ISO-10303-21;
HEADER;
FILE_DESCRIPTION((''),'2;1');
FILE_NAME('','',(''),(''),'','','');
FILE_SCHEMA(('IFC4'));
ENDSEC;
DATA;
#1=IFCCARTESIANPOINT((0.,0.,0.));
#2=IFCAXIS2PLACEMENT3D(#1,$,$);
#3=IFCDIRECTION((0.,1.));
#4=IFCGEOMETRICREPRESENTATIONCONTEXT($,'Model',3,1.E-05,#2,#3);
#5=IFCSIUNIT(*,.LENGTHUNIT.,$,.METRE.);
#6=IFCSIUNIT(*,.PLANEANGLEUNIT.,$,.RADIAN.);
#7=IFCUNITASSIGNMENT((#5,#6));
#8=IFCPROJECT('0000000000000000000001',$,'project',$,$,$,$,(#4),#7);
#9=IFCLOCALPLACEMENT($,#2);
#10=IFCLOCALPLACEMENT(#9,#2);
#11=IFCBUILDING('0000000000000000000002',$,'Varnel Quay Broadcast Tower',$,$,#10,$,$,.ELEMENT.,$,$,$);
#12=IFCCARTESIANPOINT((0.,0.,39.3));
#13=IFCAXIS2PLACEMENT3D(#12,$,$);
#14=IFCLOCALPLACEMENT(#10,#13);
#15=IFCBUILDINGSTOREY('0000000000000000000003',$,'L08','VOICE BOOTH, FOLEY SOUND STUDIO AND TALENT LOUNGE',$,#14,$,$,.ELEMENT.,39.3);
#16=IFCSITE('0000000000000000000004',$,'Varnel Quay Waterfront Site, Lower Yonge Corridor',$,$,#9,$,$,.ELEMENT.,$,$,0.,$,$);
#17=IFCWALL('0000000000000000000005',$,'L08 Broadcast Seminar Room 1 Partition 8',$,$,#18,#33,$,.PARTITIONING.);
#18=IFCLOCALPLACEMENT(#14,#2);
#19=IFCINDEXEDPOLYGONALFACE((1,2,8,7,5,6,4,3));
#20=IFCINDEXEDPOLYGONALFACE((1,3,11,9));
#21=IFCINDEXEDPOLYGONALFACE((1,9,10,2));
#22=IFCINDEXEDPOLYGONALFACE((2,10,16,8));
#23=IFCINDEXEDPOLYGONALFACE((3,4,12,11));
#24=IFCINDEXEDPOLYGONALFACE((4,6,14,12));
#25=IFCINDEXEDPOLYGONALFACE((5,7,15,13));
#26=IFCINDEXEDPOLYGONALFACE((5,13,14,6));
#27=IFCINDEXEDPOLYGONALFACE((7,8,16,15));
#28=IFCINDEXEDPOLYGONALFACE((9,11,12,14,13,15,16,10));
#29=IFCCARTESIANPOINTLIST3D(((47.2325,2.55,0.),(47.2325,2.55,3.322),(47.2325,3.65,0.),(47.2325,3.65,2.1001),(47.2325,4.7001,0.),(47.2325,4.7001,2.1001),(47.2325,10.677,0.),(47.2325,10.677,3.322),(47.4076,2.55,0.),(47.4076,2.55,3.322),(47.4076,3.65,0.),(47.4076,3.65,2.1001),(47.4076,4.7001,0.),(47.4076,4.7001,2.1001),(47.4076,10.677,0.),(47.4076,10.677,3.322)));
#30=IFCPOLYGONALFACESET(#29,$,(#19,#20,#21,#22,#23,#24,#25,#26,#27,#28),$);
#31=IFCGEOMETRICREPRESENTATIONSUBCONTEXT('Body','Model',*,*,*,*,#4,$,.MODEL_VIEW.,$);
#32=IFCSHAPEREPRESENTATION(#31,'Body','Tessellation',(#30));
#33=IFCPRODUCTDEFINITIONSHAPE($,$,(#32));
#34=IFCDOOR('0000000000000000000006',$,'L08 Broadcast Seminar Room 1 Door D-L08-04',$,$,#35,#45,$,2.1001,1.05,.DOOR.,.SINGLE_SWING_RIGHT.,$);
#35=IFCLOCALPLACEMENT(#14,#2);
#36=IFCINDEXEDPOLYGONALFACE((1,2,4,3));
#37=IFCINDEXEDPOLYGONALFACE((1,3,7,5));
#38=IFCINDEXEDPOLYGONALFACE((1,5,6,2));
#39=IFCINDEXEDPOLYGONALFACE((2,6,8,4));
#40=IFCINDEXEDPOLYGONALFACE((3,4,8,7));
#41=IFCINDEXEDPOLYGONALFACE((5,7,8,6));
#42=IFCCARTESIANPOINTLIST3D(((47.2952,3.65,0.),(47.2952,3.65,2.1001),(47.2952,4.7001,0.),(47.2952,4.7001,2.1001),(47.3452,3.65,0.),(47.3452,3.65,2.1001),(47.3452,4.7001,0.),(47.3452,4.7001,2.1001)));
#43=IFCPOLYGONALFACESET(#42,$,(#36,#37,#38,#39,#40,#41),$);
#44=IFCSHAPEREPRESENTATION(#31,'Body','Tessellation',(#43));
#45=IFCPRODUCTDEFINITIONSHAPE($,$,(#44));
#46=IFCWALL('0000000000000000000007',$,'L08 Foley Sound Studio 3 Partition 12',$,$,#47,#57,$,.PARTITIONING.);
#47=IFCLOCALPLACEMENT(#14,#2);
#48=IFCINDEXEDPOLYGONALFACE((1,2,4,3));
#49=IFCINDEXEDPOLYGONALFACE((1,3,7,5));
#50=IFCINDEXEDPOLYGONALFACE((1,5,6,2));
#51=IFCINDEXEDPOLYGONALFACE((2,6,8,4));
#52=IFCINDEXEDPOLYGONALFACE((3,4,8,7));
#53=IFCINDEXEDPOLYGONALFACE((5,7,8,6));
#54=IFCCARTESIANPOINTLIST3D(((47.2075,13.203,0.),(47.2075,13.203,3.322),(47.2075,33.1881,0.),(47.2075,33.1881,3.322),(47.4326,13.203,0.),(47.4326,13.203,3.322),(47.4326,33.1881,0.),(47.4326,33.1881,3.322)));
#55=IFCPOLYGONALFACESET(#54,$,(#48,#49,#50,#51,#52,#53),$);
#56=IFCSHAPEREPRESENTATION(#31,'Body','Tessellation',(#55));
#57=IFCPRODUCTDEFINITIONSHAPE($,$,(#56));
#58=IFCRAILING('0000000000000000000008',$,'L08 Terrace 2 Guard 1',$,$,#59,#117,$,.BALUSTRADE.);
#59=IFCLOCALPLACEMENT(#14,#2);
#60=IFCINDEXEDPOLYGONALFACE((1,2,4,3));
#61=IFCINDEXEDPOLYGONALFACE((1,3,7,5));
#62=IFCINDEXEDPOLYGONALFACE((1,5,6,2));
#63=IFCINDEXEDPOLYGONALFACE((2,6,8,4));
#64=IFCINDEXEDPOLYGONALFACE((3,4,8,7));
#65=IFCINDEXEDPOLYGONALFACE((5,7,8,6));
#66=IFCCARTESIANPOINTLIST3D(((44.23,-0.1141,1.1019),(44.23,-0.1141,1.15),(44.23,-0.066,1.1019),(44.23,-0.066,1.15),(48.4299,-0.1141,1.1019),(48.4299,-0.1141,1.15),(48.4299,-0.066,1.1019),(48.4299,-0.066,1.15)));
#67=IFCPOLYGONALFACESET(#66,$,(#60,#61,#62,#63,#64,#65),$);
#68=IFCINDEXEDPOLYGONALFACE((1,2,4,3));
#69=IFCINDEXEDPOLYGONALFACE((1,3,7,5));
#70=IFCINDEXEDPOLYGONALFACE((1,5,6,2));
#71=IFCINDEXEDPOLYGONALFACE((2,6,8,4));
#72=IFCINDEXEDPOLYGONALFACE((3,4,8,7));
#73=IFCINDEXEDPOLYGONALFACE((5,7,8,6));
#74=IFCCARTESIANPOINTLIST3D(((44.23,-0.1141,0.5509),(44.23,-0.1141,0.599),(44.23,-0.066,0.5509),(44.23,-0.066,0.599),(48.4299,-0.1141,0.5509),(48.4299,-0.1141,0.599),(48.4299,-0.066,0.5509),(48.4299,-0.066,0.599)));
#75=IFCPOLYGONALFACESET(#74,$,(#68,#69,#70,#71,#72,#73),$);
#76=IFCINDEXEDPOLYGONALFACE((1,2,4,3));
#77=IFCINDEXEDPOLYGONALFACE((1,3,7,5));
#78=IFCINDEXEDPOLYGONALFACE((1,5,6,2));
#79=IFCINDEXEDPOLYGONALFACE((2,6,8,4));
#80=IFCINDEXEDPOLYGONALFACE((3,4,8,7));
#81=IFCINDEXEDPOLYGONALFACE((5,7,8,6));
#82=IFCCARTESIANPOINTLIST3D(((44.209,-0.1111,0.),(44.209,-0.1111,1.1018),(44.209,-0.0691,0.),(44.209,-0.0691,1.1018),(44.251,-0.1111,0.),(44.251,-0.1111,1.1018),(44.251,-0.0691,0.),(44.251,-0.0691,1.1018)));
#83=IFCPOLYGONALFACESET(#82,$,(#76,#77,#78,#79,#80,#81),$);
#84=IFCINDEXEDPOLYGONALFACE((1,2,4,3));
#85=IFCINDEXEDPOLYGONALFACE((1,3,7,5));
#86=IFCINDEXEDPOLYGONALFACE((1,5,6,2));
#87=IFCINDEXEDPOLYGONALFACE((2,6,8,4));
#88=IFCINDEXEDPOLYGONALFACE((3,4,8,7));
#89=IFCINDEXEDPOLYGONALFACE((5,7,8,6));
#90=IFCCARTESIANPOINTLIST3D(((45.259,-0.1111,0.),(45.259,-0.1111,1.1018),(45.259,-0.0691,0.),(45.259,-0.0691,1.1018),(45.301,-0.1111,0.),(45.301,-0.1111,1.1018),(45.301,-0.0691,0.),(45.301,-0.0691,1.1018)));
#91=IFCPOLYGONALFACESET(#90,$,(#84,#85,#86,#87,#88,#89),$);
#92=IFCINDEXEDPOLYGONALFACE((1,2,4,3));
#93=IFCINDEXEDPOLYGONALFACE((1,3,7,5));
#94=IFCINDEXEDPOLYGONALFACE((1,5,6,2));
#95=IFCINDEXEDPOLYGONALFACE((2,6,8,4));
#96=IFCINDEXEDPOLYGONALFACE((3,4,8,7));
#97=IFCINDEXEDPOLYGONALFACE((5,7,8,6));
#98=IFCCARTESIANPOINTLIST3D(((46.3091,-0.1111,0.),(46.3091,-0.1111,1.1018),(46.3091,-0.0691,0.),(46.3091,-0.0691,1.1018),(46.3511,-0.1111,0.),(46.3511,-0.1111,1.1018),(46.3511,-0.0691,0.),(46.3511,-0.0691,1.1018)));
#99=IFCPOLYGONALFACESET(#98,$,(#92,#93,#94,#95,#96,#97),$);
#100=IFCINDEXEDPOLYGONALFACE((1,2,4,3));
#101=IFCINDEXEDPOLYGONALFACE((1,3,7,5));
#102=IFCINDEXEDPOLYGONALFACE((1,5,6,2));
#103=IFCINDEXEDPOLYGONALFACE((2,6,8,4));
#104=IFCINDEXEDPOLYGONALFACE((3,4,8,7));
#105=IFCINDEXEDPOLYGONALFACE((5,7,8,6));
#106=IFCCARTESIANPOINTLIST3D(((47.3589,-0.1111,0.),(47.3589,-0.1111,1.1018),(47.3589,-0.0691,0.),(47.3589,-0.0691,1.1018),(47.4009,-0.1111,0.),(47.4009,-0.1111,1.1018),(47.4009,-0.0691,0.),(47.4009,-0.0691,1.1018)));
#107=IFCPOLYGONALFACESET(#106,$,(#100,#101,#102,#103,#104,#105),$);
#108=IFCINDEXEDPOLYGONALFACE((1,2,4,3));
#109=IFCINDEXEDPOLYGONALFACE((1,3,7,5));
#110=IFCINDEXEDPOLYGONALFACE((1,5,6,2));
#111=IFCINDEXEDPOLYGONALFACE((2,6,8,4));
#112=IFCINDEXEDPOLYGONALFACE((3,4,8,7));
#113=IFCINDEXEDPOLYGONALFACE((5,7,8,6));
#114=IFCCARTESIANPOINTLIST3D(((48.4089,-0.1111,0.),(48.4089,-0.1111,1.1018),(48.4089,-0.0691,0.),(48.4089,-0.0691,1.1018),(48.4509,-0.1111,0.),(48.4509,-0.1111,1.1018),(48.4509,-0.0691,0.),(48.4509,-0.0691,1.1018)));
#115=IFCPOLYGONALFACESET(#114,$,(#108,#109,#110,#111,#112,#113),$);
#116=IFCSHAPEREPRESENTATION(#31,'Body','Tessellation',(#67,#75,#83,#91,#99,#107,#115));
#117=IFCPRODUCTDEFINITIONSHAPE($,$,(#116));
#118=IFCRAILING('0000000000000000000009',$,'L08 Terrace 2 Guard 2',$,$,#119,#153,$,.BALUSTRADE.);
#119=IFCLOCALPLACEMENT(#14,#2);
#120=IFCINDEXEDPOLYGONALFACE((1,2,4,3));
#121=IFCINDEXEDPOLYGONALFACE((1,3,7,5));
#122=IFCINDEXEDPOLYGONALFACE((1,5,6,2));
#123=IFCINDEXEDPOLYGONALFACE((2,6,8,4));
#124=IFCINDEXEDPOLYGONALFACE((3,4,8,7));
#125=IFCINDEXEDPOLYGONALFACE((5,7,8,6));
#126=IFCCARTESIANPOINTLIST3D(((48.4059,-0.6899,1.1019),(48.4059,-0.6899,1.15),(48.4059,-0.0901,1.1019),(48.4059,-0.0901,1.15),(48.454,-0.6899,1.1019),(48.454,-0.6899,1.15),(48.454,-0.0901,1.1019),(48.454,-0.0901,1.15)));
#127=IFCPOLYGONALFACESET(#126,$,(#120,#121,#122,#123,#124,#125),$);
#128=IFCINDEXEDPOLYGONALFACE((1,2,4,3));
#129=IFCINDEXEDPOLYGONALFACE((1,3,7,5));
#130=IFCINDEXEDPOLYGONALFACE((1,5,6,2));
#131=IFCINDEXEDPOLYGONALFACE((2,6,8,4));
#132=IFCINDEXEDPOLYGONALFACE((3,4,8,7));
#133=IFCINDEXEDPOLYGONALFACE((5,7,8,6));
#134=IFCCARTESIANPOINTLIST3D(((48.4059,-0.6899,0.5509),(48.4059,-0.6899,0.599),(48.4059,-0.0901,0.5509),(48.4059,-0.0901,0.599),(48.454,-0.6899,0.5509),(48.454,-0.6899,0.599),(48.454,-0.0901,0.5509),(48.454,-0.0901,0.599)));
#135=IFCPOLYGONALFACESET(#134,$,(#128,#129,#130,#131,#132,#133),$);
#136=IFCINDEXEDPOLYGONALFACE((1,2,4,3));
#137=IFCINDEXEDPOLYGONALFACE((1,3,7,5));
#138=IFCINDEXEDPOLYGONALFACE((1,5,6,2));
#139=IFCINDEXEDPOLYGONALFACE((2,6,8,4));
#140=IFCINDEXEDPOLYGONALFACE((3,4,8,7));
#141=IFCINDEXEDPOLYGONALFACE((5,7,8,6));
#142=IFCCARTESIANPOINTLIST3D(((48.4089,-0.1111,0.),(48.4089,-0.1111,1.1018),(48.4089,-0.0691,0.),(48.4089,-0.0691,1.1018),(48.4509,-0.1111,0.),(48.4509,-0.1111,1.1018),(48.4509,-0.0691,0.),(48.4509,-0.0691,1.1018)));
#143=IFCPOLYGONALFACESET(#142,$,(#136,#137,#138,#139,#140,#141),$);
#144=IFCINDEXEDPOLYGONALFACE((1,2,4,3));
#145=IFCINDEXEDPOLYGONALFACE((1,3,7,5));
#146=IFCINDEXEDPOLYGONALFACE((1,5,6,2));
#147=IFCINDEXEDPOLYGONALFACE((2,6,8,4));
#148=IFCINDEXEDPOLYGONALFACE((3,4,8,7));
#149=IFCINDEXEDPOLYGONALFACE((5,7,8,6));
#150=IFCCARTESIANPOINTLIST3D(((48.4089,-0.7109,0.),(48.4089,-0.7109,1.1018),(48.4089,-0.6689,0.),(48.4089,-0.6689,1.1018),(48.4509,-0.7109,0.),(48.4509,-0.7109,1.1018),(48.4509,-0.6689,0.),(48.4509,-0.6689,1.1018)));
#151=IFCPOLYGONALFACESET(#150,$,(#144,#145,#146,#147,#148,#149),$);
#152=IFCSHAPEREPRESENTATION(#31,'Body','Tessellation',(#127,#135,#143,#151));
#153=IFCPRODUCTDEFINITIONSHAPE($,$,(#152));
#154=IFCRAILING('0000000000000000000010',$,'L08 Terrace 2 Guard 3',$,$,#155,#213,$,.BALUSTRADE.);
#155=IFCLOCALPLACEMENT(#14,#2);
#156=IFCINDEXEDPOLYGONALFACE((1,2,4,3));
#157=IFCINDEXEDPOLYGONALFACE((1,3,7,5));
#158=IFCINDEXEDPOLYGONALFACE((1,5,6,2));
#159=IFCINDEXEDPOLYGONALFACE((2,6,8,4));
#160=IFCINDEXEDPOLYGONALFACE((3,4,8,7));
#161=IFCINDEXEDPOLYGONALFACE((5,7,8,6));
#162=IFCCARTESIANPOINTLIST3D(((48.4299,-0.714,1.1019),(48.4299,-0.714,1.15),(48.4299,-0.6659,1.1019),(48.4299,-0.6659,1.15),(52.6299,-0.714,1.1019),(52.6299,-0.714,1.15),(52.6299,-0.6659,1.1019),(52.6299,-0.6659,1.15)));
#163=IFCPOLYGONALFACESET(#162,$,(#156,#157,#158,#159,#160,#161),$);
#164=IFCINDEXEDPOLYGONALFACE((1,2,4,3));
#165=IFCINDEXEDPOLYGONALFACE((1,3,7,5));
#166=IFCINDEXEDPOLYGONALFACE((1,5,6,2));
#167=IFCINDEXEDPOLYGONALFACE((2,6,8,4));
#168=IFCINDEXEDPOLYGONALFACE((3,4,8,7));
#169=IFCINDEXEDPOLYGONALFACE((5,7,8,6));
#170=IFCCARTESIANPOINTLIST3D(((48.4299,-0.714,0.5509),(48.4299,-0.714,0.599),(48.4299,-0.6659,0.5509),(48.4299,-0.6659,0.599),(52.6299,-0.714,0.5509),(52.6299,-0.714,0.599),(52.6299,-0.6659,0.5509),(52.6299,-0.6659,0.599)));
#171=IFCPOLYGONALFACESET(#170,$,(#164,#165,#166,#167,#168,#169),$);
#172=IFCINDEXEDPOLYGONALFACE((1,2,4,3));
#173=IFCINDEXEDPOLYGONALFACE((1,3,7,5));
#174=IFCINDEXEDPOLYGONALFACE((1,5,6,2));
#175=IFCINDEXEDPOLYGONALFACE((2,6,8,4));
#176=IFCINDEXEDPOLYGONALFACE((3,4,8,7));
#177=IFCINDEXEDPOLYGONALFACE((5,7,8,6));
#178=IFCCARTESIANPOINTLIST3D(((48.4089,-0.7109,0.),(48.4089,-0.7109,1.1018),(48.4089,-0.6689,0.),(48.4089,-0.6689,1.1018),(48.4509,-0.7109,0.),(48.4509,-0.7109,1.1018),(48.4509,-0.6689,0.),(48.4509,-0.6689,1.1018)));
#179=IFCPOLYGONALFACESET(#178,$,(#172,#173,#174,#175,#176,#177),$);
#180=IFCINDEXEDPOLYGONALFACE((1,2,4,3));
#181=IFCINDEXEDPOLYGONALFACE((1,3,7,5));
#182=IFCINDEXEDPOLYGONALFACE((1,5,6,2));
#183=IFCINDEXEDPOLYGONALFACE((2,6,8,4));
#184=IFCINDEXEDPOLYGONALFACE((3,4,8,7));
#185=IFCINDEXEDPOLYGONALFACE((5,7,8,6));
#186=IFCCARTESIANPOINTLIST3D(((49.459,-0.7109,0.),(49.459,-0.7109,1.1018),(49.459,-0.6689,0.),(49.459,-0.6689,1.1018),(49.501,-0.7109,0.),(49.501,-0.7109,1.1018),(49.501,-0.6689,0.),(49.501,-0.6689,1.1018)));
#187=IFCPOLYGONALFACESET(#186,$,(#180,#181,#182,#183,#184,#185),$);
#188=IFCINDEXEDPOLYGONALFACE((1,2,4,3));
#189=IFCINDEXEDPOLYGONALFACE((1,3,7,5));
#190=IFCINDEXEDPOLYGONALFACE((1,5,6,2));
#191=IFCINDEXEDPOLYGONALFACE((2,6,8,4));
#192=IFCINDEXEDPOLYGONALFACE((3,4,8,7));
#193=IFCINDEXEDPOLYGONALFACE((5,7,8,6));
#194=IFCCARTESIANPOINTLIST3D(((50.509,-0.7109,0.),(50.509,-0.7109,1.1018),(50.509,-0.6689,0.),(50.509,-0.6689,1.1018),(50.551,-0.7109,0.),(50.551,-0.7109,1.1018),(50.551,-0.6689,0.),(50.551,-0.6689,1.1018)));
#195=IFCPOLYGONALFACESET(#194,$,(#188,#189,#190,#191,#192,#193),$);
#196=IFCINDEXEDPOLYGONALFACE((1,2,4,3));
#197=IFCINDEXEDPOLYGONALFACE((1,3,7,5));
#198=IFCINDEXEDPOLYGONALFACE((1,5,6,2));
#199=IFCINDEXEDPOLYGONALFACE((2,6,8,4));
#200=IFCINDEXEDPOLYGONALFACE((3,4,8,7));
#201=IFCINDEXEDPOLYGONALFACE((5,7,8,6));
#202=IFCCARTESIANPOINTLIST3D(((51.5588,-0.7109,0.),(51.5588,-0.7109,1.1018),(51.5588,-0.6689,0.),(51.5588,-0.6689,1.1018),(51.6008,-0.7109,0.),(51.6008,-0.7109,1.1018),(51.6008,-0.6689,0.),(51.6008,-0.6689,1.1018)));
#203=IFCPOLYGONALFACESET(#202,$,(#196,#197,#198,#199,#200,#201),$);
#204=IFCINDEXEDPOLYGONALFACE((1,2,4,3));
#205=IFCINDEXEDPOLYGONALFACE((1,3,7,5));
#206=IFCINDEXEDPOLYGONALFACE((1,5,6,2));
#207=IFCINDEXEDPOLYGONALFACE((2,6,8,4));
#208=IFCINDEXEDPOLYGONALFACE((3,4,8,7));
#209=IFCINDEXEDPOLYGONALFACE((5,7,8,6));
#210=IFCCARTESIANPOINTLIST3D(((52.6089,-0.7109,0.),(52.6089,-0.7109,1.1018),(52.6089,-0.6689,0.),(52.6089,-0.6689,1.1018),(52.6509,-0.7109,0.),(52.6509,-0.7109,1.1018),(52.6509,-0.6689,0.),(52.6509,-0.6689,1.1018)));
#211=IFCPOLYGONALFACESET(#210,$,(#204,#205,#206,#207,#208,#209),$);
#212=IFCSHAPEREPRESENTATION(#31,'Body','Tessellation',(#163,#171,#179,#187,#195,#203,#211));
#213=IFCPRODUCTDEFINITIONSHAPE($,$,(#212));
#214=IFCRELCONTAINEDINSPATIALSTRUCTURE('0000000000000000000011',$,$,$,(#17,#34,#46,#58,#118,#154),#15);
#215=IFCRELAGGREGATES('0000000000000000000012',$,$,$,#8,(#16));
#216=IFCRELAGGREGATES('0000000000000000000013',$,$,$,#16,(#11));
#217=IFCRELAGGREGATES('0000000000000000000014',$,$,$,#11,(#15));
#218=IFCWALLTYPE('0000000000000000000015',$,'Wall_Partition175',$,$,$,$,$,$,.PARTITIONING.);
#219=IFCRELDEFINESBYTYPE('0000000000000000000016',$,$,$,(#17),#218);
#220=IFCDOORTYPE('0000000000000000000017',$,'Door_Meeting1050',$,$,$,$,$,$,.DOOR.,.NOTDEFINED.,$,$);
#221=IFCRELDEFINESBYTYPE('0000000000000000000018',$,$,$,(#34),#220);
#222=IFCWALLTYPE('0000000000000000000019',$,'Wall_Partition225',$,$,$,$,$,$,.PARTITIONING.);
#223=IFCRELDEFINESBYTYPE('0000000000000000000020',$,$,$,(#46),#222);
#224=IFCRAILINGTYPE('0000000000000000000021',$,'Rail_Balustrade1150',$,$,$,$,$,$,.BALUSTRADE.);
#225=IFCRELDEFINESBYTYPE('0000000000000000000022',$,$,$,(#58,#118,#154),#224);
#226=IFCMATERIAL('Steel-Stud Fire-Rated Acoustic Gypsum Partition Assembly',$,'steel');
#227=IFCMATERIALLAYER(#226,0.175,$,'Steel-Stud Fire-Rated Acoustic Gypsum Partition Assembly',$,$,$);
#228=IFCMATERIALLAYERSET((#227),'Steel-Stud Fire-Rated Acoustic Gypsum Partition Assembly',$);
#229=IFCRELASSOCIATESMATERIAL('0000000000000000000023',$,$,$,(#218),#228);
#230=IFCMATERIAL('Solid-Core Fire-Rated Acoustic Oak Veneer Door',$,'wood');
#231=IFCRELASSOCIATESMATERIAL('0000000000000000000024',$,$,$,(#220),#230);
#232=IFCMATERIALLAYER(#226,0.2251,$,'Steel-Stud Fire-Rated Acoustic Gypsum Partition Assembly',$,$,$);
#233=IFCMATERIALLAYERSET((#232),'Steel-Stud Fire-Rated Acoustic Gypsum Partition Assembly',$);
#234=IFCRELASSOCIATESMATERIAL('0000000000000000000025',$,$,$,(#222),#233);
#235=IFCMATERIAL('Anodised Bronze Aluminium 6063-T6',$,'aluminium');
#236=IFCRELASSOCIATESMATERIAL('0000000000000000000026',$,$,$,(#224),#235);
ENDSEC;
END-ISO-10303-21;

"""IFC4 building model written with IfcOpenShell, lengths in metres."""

from ifc_helpers import new_model, si_unit, direction, frame, frame_2d, origin, origin_2d, place, context, subcontext, project, spatial, rectangle, extrude, source, transform, mapped, material, layer, layer_set, type_object, type_shapes, element, fill, save


model = new_model("IFC4")

# Units and contexts
model_context = context("Model", 3, precision=1e-05, world=origin(), true_north=direction((0.0, 1.0)))
body_context = subcontext(model_context, "Body", "Model", "MODEL_VIEW")
ifc_project = project(units=[si_unit("LENGTHUNIT", "METRE"), si_unit("PLANEANGLEUNIT", "RADIAN")], contexts=[model_context])

# Site, building, storey
site_placement = place(None, origin())
site = spatial("IfcSite", under=ifc_project, at=site_placement, Name="Varnel Quay Waterfront Site, Lower Yonge Corridor", CompositionType="ELEMENT", RefElevation=0.0)
building_placement = place(site_placement, origin())
building = spatial("IfcBuilding", under=site, at=building_placement, Name="Varnel Quay Broadcast Tower", CompositionType="ELEMENT")
storey_placement = place(building_placement, frame((0.0, 0.0, 39.3)))
storey = spatial("IfcBuildingStorey", under=building, at=storey_placement, Name="L08", Description="VOICE BOOTH, FOLEY SOUND STUDIO AND TALENT LOUNGE", CompositionType="ELEMENT", Elevation=39.3)

# Shared definitions
ifc_material_1 = material(Name="Anodised Bronze Aluminium 6063-T6", Category="aluminium")

# Wall, opening, door
ifc_material_2 = material(Name="Steel-Stud Fire-Rated Acoustic Gypsum Partition Assembly", Category="steel")
ifc_layer_1 = layer(ifc_material_2, 0.175, Name="Steel-Stud Fire-Rated Acoustic Gypsum Partition Assembly")
ifc_layer_set_1 = layer_set([ifc_layer_1], Name="Steel-Stud Fire-Rated Acoustic Gypsum Partition Assembly")
wall_type_1 = type_object("IfcWallType", Name="Wall_Partition175", PredefinedType="PARTITIONING", material=ifc_layer_set_1)
wall_1_placement = place(storey_placement, frame((47.3201, 2.55, 0.0), z_axis=(0.0, 0.0, 1.0), x_axis=(0.0, 1.0, 0.0)))
wall_1 = element("IfcWall", 1, at=wall_1_placement, inside=storey, type_object=wall_type_1, Name="L08 Broadcast Seminar Room 1 Partition 8", PredefinedType="PARTITIONING", context=body_context, shape_type="SweptSolid", body=[
    extrude(rectangle(XDim=8.127, YDim=0.175, at=frame_2d((4.0635, 0.0))), origin(), (0.0, 0.0, 1.0), 3.322),
])
opening_1_placement = place(wall_1_placement, frame((1.1001, 0.0, 0.0)))
opening_1 = element("IfcOpeningElement", 2, at=opening_1_placement, cuts=wall_1, PredefinedType="OPENING", context=body_context, shape_type="SweptSolid", body=[
    extrude(rectangle(XDim=1.05, YDim=2.1001, at=frame_2d((0.5249, 1.05))), frame((0.0, 0.0977, 0.0), z_axis=(0.0, -1.0, 0.0), x_axis=(1.0, 0.0, 0.0)), (0.0, 0.0, 1.0), 0.1951),
])
ifc_material_3 = material(Name="Solid-Core Fire-Rated Acoustic Oak Veneer Door", Category="wood")
door_type_1 = type_object("IfcDoorType", Name="Door_Meeting1050", OperationType="NOTDEFINED", PredefinedType="DOOR", material=ifc_material_3)
shared_shape_1 = source(origin(), body_context, "Body", "SweptSolid", [
    extrude(rectangle(XDim=1.05, YDim=2.1001, at=frame_2d((0.5249, 1.05))), frame((0.0, 0.0249, 0.0), z_axis=(0.0, -1.0, 0.0), x_axis=(1.0, 0.0, 0.0)), (0.0, 0.0, 1.0), 0.05),
])
type_shapes(door_type_1, [shared_shape_1])
door_1_placement = place(opening_1_placement, origin())
door_1 = element("IfcDoor", 3, at=door_1_placement, inside=storey, type_object=door_type_1, Name="L08 Broadcast Seminar Room 1 Door D-L08-04", OperationType="SINGLE_SWING_RIGHT", OverallHeight=2.1001, OverallWidth=1.05, PredefinedType="DOOR", context=body_context, shape_type="MappedRepresentation", body=[
    mapped(shared_shape_1, transform((0.0, 0.0, 0.0), x_axis=(1.0, 0.0, 0.0), y_axis=(0.0, 1.0, 0.0), z_axis=(0.0, 0.0, 1.0), scale=1.0)),
])
fill(opening_1, door_1)

# Wall
ifc_layer_2 = layer(ifc_material_2, 0.2251, Name="Steel-Stud Fire-Rated Acoustic Gypsum Partition Assembly")
ifc_layer_set_2 = layer_set([ifc_layer_2], Name="Steel-Stud Fire-Rated Acoustic Gypsum Partition Assembly")
wall_type_2 = type_object("IfcWallType", Name="Wall_Partition225", PredefinedType="PARTITIONING", material=ifc_layer_set_2)
wall_2_placement = place(storey_placement, frame((47.3201, 13.2029, 0.0), z_axis=(0.0, 0.0, 1.0), x_axis=(0.0, 1.0, 0.0)))
element("IfcWall", 4, at=wall_2_placement, inside=storey, type_object=wall_type_2, Name="L08 Foley Sound Studio 3 Partition 12", PredefinedType="PARTITIONING", context=body_context, shape_type="SweptSolid", body=[
    extrude(rectangle(XDim=19.9851, YDim=0.2251, at=frame_2d((9.9927, 0.0))), origin(), (0.0, 0.0, 1.0), 3.322),
])

# Railings
railing_type = type_object("IfcRailingType", Name="Rail_Balustrade1150", PredefinedType="BALUSTRADE", material=ifc_material_1)
railing_1_placement = place(storey_placement, frame((44.23, -0.0901, 0.0)))
element("IfcRailing", 5, at=railing_1_placement, inside=storey, type_object=railing_type, Name="L08 Terrace 2 Guard 1", PredefinedType="BALUSTRADE", context=body_context, shape_type="SweptSolid", body=[
    extrude(rectangle(XDim=0.0481, YDim=0.0481, at=origin_2d()), frame((0.0, 0.0, 1.126), z_axis=(1.0, 0.0, 0.0), x_axis=(0.0, 1.0, 0.0)), (0.0, 0.0, 1.0), 4.2),
    extrude(rectangle(XDim=0.0481, YDim=0.0481, at=origin_2d()), frame((0.0, 0.0, 0.575), z_axis=(1.0, 0.0, 0.0), x_axis=(0.0, 1.0, 0.0)), (0.0, 0.0, 1.0), 4.2),
    extrude(rectangle(XDim=0.042, YDim=0.042, at=origin_2d()), origin(), (0.0, 0.0, 1.0), 1.1018),
    extrude(rectangle(XDim=0.042, YDim=0.042, at=origin_2d()), frame((1.05, 0.0, 0.0)), (0.0, 0.0, 1.0), 1.1018),
    extrude(rectangle(XDim=0.042, YDim=0.042, at=origin_2d()), frame((2.1001, 0.0, 0.0)), (0.0, 0.0, 1.0), 1.1018),
    extrude(rectangle(XDim=0.042, YDim=0.042, at=origin_2d()), frame((3.1499, 0.0, 0.0)), (0.0, 0.0, 1.0), 1.1018),
    extrude(rectangle(XDim=0.042, YDim=0.042, at=origin_2d()), frame((4.2, 0.0, 0.0)), (0.0, 0.0, 1.0), 1.1018),
])
railing_2_placement = place(storey_placement, frame((48.4299, -0.0901, 0.0)))
element("IfcRailing", 6, at=railing_2_placement, inside=storey, type_object=railing_type, Name="L08 Terrace 2 Guard 2", PredefinedType="BALUSTRADE", context=body_context, shape_type="SweptSolid", body=[
    extrude(rectangle(XDim=0.0481, YDim=0.0481, at=origin_2d()), frame((0.0, 0.0, 1.126), z_axis=(0.0, -1.0, 0.0), x_axis=(1.0, 0.0, 0.0)), (0.0, 0.0, 1.0), 0.5999),
    extrude(rectangle(XDim=0.0481, YDim=0.0481, at=origin_2d()), frame((0.0, 0.0, 0.575), z_axis=(0.0, -1.0, 0.0), x_axis=(1.0, 0.0, 0.0)), (0.0, 0.0, 1.0), 0.5999),
    extrude(rectangle(XDim=0.042, YDim=0.042, at=origin_2d()), origin(), (0.0, 0.0, 1.0), 1.1018),
    extrude(rectangle(XDim=0.042, YDim=0.042, at=origin_2d()), frame((0.0, -0.5999, 0.0)), (0.0, 0.0, 1.0), 1.1018),
])
railing_3_placement = place(storey_placement, frame((48.4299, -0.6899, 0.0)))
element("IfcRailing", 7, at=railing_3_placement, inside=storey, type_object=railing_type, Name="L08 Terrace 2 Guard 3", PredefinedType="BALUSTRADE", context=body_context, shape_type="SweptSolid", body=[
    extrude(rectangle(XDim=0.0481, YDim=0.0481, at=origin_2d()), frame((0.0, 0.0, 1.126), z_axis=(1.0, 0.0, 0.0), x_axis=(0.0, 1.0, 0.0)), (0.0, 0.0, 1.0), 4.2),
    extrude(rectangle(XDim=0.0481, YDim=0.0481, at=origin_2d()), frame((0.0, 0.0, 0.575), z_axis=(1.0, 0.0, 0.0), x_axis=(0.0, 1.0, 0.0)), (0.0, 0.0, 1.0), 4.2),
    extrude(rectangle(XDim=0.042, YDim=0.042, at=origin_2d()), origin(), (0.0, 0.0, 1.0), 1.1018),
    extrude(rectangle(XDim=0.042, YDim=0.042, at=origin_2d()), frame((1.05, 0.0, 0.0)), (0.0, 0.0, 1.0), 1.1018),
    extrude(rectangle(XDim=0.042, YDim=0.042, at=origin_2d()), frame((2.1001, 0.0, 0.0)), (0.0, 0.0, 1.0), 1.1018),
    extrude(rectangle(XDim=0.042, YDim=0.042, at=origin_2d()), frame((3.1499, 0.0, 0.0)), (0.0, 0.0, 1.0), 1.1018),
    extrude(rectangle(XDim=0.042, YDim=0.042, at=origin_2d()), frame((4.2, 0.0, 0.0)), (0.0, 0.0, 1.0), 1.1018),
])

save(model, "model.ifc")
